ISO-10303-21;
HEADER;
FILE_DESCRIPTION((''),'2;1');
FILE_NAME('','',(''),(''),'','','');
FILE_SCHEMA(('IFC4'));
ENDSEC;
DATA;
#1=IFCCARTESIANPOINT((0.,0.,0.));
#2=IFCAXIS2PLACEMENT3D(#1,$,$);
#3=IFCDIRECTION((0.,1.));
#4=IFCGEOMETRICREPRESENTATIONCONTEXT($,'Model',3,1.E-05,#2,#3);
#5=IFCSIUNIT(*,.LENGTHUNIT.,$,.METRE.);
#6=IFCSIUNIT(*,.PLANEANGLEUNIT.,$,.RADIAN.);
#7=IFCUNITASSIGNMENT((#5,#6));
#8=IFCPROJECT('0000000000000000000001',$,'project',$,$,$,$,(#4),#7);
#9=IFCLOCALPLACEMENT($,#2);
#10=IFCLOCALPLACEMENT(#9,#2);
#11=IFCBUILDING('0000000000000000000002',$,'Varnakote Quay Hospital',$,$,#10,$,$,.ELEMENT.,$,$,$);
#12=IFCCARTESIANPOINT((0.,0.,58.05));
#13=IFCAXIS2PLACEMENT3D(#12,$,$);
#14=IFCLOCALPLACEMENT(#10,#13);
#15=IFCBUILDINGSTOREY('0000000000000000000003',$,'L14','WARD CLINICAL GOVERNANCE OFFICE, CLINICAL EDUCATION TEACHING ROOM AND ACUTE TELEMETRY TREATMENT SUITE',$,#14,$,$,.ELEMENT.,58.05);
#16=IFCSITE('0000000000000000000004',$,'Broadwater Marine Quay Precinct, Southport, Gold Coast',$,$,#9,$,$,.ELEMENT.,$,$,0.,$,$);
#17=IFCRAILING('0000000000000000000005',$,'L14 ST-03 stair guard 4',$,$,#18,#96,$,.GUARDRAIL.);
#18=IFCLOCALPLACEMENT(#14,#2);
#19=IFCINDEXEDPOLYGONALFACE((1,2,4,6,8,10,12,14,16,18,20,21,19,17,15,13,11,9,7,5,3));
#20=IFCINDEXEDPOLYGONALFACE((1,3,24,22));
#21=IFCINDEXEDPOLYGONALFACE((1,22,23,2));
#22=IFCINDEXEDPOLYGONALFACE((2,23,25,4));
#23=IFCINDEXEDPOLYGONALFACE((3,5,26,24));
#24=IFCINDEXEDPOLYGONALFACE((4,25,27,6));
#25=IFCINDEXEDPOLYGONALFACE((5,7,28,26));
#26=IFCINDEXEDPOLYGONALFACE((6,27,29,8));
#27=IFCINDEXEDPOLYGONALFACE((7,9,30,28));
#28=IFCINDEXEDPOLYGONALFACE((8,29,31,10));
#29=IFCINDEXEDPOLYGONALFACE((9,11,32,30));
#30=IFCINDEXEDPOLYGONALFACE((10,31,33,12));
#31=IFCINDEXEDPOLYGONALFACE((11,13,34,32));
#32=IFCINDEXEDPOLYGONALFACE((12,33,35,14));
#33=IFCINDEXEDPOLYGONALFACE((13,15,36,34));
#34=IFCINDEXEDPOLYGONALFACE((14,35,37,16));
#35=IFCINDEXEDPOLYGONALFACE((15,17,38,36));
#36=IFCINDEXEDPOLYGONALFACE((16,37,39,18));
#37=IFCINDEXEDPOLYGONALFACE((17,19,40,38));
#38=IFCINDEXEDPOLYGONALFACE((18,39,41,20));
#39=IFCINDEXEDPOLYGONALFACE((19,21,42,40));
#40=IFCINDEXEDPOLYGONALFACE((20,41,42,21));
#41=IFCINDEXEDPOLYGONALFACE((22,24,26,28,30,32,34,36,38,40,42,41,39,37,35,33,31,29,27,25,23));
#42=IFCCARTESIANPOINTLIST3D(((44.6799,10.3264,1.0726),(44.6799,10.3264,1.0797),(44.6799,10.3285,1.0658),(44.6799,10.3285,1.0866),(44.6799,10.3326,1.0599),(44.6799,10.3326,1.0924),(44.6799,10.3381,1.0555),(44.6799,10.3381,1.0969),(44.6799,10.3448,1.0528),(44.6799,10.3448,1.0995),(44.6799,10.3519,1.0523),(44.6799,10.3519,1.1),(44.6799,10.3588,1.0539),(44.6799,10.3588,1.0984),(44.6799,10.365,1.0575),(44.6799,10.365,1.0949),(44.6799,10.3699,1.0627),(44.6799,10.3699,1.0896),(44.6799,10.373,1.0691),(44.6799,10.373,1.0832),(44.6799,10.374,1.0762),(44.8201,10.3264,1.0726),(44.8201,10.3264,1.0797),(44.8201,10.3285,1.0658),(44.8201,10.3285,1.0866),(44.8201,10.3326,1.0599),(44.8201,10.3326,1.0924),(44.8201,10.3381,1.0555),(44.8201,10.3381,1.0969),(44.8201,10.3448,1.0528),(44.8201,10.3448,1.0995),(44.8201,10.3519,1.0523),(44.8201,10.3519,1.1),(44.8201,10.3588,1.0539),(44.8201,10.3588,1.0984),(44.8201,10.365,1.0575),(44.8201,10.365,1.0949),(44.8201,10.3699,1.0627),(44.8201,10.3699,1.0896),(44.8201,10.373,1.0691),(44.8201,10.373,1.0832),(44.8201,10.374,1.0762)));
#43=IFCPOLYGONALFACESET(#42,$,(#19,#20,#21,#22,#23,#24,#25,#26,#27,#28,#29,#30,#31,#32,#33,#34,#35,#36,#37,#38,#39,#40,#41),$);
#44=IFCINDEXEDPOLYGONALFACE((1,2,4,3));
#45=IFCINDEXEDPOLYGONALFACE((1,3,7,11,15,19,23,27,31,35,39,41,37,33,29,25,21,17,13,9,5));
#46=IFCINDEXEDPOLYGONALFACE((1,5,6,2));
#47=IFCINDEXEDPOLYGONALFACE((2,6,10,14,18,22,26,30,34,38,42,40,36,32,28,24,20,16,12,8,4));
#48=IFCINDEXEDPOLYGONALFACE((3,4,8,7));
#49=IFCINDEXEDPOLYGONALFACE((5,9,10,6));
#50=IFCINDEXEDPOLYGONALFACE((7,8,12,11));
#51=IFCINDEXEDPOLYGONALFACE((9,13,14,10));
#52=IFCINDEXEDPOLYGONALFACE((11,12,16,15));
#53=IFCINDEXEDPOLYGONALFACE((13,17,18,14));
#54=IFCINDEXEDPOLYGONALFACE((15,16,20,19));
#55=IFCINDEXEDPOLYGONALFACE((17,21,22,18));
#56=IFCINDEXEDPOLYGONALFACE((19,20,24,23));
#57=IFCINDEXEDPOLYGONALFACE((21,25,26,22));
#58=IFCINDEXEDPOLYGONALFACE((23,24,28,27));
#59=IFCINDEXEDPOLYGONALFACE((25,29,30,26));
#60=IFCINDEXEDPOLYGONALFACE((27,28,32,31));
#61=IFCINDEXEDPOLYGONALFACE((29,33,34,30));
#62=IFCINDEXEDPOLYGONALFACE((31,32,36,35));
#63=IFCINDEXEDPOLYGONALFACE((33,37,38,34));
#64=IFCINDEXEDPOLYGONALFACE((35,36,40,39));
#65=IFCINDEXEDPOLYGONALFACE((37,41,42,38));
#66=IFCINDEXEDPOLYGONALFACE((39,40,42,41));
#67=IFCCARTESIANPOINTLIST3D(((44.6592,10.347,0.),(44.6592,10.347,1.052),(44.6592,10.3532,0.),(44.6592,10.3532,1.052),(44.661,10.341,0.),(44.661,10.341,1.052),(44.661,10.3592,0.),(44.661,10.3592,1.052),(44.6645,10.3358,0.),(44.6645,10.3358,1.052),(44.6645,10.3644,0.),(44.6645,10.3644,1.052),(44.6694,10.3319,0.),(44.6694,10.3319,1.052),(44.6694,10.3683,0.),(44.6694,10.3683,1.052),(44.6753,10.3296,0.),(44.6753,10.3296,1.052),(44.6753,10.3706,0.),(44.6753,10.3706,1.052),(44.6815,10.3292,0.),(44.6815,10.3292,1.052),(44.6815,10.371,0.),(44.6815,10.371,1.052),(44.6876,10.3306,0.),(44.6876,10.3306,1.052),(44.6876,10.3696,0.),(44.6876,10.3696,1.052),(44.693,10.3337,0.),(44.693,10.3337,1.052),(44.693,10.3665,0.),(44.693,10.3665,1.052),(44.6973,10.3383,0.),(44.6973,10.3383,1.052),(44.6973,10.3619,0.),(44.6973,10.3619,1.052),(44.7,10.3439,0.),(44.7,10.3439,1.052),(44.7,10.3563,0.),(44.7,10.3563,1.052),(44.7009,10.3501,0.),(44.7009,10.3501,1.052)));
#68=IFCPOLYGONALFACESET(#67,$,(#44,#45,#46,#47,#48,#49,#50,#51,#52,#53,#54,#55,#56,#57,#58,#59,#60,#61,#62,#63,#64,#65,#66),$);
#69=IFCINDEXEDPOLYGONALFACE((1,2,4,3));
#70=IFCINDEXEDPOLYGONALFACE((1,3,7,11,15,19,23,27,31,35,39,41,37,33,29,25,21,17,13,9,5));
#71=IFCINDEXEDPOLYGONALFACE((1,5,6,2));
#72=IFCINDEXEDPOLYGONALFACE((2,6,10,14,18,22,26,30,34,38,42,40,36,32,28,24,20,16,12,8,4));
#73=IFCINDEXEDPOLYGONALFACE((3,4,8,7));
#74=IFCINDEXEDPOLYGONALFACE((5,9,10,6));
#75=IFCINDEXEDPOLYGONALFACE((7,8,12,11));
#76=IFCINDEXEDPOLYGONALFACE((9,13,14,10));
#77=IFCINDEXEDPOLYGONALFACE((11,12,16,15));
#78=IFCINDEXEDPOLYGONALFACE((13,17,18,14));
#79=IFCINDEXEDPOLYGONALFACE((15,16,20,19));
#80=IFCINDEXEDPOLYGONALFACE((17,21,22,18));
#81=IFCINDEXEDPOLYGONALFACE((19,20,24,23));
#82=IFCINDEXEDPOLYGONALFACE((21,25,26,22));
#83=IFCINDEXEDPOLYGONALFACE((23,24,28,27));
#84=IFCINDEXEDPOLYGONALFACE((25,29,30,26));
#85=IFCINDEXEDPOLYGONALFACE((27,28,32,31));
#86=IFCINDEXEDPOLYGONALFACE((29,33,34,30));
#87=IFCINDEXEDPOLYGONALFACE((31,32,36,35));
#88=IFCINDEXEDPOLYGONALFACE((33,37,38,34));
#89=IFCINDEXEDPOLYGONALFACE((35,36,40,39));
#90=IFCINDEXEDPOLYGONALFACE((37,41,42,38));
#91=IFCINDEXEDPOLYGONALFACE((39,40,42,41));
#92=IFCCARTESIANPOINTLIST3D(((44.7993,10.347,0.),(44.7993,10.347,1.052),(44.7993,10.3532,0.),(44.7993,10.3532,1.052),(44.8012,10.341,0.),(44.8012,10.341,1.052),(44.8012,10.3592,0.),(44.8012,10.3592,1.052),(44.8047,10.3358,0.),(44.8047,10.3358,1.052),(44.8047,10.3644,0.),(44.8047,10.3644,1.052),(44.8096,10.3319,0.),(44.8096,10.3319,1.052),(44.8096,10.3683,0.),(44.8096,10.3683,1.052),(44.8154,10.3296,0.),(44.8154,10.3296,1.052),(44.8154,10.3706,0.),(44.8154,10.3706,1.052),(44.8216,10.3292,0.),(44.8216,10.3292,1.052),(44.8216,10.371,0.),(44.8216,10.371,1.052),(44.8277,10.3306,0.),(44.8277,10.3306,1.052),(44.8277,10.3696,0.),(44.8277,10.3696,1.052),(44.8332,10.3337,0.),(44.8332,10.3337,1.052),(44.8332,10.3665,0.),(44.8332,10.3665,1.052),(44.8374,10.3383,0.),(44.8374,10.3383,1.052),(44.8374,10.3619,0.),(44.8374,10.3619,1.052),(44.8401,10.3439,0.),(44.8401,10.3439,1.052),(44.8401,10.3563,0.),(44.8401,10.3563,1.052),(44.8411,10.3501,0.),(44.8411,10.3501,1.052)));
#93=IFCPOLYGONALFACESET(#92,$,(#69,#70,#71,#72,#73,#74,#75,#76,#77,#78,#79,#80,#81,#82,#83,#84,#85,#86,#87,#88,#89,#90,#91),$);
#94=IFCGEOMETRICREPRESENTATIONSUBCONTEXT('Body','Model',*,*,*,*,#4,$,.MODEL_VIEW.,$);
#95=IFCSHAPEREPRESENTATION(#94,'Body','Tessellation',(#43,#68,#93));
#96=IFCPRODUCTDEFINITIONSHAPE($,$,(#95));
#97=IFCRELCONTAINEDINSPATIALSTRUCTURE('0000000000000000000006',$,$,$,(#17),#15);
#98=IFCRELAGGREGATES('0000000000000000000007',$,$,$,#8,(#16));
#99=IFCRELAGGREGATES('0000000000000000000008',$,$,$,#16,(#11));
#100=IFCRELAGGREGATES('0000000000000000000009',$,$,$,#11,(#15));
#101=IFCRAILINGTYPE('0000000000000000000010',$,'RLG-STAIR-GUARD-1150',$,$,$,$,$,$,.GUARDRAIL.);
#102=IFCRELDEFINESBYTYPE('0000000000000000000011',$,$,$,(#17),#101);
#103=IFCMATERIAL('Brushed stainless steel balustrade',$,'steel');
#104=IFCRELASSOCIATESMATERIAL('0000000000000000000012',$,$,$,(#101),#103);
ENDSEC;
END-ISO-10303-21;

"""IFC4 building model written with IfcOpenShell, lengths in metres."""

from ifc_helpers import new_model, si_unit, direction, frame, origin, origin_2d, place, context, subcontext, project, spatial, circle, extrude, material, type_object, element, save


model = new_model("IFC4")

# Units and contexts
model_context = context("Model", 3, precision=1e-05, world=origin(), true_north=direction((0.0, 1.0)))
body_context = subcontext(model_context, "Body", "Model", "MODEL_VIEW")
ifc_project = project(units=[si_unit("LENGTHUNIT", "METRE"), si_unit("PLANEANGLEUNIT", "RADIAN")], contexts=[model_context])

# Site, building, storey
site_placement = place(None, origin())
site = spatial("IfcSite", under=ifc_project, at=site_placement, Name="Broadwater Marine Quay Precinct, Southport, Gold Coast", CompositionType="ELEMENT", RefElevation=0.0)
building_placement = place(site_placement, origin())
building = spatial("IfcBuilding", under=site, at=building_placement, Name="Varnakote Quay Hospital", CompositionType="ELEMENT")
storey_placement = place(building_placement, frame((0.0, 0.0, 58.05)))
storey = spatial("IfcBuildingStorey", under=building, at=storey_placement, Name="L14", Description="WARD CLINICAL GOVERNANCE OFFICE, CLINICAL EDUCATION TEACHING ROOM AND ACUTE TELEMETRY TREATMENT SUITE", CompositionType="ELEMENT", Elevation=58.05)

# Railing
ifc_material_1 = material(Name="Brushed stainless steel balustrade", Category="steel")
railing_type_1 = type_object("IfcRailingType", Name="RLG-STAIR-GUARD-1150", PredefinedType="GUARDRAIL", material=ifc_material_1)
railing_1_placement = place(storey_placement, frame((44.6799, 10.3501, 0.0)))
element("IfcRailing", 1, at=railing_1_placement, inside=storey, type_object=railing_type_1, Name="L14 ST-03 stair guard 4", PredefinedType="GUARDRAIL", context=body_context, shape_type="SweptSolid", body=[
    extrude(circle(Radius=0.0239, at=origin_2d()), frame((0.0, 0.0, 1.0762), z_axis=(1.0, 0.0, 0.0), x_axis=(0.0, 1.0, 0.0)), (0.0, 0.0, 1.0), 0.1401),
    extrude(circle(Radius=0.021, at=origin_2d()), origin(), (0.0, 0.0, 1.0), 1.052),
    extrude(circle(Radius=0.021, at=origin_2d()), frame((0.1401, 0.0, 0.0)), (0.0, 0.0, 1.0), 1.052),
])

save(model, "model.ifc")
